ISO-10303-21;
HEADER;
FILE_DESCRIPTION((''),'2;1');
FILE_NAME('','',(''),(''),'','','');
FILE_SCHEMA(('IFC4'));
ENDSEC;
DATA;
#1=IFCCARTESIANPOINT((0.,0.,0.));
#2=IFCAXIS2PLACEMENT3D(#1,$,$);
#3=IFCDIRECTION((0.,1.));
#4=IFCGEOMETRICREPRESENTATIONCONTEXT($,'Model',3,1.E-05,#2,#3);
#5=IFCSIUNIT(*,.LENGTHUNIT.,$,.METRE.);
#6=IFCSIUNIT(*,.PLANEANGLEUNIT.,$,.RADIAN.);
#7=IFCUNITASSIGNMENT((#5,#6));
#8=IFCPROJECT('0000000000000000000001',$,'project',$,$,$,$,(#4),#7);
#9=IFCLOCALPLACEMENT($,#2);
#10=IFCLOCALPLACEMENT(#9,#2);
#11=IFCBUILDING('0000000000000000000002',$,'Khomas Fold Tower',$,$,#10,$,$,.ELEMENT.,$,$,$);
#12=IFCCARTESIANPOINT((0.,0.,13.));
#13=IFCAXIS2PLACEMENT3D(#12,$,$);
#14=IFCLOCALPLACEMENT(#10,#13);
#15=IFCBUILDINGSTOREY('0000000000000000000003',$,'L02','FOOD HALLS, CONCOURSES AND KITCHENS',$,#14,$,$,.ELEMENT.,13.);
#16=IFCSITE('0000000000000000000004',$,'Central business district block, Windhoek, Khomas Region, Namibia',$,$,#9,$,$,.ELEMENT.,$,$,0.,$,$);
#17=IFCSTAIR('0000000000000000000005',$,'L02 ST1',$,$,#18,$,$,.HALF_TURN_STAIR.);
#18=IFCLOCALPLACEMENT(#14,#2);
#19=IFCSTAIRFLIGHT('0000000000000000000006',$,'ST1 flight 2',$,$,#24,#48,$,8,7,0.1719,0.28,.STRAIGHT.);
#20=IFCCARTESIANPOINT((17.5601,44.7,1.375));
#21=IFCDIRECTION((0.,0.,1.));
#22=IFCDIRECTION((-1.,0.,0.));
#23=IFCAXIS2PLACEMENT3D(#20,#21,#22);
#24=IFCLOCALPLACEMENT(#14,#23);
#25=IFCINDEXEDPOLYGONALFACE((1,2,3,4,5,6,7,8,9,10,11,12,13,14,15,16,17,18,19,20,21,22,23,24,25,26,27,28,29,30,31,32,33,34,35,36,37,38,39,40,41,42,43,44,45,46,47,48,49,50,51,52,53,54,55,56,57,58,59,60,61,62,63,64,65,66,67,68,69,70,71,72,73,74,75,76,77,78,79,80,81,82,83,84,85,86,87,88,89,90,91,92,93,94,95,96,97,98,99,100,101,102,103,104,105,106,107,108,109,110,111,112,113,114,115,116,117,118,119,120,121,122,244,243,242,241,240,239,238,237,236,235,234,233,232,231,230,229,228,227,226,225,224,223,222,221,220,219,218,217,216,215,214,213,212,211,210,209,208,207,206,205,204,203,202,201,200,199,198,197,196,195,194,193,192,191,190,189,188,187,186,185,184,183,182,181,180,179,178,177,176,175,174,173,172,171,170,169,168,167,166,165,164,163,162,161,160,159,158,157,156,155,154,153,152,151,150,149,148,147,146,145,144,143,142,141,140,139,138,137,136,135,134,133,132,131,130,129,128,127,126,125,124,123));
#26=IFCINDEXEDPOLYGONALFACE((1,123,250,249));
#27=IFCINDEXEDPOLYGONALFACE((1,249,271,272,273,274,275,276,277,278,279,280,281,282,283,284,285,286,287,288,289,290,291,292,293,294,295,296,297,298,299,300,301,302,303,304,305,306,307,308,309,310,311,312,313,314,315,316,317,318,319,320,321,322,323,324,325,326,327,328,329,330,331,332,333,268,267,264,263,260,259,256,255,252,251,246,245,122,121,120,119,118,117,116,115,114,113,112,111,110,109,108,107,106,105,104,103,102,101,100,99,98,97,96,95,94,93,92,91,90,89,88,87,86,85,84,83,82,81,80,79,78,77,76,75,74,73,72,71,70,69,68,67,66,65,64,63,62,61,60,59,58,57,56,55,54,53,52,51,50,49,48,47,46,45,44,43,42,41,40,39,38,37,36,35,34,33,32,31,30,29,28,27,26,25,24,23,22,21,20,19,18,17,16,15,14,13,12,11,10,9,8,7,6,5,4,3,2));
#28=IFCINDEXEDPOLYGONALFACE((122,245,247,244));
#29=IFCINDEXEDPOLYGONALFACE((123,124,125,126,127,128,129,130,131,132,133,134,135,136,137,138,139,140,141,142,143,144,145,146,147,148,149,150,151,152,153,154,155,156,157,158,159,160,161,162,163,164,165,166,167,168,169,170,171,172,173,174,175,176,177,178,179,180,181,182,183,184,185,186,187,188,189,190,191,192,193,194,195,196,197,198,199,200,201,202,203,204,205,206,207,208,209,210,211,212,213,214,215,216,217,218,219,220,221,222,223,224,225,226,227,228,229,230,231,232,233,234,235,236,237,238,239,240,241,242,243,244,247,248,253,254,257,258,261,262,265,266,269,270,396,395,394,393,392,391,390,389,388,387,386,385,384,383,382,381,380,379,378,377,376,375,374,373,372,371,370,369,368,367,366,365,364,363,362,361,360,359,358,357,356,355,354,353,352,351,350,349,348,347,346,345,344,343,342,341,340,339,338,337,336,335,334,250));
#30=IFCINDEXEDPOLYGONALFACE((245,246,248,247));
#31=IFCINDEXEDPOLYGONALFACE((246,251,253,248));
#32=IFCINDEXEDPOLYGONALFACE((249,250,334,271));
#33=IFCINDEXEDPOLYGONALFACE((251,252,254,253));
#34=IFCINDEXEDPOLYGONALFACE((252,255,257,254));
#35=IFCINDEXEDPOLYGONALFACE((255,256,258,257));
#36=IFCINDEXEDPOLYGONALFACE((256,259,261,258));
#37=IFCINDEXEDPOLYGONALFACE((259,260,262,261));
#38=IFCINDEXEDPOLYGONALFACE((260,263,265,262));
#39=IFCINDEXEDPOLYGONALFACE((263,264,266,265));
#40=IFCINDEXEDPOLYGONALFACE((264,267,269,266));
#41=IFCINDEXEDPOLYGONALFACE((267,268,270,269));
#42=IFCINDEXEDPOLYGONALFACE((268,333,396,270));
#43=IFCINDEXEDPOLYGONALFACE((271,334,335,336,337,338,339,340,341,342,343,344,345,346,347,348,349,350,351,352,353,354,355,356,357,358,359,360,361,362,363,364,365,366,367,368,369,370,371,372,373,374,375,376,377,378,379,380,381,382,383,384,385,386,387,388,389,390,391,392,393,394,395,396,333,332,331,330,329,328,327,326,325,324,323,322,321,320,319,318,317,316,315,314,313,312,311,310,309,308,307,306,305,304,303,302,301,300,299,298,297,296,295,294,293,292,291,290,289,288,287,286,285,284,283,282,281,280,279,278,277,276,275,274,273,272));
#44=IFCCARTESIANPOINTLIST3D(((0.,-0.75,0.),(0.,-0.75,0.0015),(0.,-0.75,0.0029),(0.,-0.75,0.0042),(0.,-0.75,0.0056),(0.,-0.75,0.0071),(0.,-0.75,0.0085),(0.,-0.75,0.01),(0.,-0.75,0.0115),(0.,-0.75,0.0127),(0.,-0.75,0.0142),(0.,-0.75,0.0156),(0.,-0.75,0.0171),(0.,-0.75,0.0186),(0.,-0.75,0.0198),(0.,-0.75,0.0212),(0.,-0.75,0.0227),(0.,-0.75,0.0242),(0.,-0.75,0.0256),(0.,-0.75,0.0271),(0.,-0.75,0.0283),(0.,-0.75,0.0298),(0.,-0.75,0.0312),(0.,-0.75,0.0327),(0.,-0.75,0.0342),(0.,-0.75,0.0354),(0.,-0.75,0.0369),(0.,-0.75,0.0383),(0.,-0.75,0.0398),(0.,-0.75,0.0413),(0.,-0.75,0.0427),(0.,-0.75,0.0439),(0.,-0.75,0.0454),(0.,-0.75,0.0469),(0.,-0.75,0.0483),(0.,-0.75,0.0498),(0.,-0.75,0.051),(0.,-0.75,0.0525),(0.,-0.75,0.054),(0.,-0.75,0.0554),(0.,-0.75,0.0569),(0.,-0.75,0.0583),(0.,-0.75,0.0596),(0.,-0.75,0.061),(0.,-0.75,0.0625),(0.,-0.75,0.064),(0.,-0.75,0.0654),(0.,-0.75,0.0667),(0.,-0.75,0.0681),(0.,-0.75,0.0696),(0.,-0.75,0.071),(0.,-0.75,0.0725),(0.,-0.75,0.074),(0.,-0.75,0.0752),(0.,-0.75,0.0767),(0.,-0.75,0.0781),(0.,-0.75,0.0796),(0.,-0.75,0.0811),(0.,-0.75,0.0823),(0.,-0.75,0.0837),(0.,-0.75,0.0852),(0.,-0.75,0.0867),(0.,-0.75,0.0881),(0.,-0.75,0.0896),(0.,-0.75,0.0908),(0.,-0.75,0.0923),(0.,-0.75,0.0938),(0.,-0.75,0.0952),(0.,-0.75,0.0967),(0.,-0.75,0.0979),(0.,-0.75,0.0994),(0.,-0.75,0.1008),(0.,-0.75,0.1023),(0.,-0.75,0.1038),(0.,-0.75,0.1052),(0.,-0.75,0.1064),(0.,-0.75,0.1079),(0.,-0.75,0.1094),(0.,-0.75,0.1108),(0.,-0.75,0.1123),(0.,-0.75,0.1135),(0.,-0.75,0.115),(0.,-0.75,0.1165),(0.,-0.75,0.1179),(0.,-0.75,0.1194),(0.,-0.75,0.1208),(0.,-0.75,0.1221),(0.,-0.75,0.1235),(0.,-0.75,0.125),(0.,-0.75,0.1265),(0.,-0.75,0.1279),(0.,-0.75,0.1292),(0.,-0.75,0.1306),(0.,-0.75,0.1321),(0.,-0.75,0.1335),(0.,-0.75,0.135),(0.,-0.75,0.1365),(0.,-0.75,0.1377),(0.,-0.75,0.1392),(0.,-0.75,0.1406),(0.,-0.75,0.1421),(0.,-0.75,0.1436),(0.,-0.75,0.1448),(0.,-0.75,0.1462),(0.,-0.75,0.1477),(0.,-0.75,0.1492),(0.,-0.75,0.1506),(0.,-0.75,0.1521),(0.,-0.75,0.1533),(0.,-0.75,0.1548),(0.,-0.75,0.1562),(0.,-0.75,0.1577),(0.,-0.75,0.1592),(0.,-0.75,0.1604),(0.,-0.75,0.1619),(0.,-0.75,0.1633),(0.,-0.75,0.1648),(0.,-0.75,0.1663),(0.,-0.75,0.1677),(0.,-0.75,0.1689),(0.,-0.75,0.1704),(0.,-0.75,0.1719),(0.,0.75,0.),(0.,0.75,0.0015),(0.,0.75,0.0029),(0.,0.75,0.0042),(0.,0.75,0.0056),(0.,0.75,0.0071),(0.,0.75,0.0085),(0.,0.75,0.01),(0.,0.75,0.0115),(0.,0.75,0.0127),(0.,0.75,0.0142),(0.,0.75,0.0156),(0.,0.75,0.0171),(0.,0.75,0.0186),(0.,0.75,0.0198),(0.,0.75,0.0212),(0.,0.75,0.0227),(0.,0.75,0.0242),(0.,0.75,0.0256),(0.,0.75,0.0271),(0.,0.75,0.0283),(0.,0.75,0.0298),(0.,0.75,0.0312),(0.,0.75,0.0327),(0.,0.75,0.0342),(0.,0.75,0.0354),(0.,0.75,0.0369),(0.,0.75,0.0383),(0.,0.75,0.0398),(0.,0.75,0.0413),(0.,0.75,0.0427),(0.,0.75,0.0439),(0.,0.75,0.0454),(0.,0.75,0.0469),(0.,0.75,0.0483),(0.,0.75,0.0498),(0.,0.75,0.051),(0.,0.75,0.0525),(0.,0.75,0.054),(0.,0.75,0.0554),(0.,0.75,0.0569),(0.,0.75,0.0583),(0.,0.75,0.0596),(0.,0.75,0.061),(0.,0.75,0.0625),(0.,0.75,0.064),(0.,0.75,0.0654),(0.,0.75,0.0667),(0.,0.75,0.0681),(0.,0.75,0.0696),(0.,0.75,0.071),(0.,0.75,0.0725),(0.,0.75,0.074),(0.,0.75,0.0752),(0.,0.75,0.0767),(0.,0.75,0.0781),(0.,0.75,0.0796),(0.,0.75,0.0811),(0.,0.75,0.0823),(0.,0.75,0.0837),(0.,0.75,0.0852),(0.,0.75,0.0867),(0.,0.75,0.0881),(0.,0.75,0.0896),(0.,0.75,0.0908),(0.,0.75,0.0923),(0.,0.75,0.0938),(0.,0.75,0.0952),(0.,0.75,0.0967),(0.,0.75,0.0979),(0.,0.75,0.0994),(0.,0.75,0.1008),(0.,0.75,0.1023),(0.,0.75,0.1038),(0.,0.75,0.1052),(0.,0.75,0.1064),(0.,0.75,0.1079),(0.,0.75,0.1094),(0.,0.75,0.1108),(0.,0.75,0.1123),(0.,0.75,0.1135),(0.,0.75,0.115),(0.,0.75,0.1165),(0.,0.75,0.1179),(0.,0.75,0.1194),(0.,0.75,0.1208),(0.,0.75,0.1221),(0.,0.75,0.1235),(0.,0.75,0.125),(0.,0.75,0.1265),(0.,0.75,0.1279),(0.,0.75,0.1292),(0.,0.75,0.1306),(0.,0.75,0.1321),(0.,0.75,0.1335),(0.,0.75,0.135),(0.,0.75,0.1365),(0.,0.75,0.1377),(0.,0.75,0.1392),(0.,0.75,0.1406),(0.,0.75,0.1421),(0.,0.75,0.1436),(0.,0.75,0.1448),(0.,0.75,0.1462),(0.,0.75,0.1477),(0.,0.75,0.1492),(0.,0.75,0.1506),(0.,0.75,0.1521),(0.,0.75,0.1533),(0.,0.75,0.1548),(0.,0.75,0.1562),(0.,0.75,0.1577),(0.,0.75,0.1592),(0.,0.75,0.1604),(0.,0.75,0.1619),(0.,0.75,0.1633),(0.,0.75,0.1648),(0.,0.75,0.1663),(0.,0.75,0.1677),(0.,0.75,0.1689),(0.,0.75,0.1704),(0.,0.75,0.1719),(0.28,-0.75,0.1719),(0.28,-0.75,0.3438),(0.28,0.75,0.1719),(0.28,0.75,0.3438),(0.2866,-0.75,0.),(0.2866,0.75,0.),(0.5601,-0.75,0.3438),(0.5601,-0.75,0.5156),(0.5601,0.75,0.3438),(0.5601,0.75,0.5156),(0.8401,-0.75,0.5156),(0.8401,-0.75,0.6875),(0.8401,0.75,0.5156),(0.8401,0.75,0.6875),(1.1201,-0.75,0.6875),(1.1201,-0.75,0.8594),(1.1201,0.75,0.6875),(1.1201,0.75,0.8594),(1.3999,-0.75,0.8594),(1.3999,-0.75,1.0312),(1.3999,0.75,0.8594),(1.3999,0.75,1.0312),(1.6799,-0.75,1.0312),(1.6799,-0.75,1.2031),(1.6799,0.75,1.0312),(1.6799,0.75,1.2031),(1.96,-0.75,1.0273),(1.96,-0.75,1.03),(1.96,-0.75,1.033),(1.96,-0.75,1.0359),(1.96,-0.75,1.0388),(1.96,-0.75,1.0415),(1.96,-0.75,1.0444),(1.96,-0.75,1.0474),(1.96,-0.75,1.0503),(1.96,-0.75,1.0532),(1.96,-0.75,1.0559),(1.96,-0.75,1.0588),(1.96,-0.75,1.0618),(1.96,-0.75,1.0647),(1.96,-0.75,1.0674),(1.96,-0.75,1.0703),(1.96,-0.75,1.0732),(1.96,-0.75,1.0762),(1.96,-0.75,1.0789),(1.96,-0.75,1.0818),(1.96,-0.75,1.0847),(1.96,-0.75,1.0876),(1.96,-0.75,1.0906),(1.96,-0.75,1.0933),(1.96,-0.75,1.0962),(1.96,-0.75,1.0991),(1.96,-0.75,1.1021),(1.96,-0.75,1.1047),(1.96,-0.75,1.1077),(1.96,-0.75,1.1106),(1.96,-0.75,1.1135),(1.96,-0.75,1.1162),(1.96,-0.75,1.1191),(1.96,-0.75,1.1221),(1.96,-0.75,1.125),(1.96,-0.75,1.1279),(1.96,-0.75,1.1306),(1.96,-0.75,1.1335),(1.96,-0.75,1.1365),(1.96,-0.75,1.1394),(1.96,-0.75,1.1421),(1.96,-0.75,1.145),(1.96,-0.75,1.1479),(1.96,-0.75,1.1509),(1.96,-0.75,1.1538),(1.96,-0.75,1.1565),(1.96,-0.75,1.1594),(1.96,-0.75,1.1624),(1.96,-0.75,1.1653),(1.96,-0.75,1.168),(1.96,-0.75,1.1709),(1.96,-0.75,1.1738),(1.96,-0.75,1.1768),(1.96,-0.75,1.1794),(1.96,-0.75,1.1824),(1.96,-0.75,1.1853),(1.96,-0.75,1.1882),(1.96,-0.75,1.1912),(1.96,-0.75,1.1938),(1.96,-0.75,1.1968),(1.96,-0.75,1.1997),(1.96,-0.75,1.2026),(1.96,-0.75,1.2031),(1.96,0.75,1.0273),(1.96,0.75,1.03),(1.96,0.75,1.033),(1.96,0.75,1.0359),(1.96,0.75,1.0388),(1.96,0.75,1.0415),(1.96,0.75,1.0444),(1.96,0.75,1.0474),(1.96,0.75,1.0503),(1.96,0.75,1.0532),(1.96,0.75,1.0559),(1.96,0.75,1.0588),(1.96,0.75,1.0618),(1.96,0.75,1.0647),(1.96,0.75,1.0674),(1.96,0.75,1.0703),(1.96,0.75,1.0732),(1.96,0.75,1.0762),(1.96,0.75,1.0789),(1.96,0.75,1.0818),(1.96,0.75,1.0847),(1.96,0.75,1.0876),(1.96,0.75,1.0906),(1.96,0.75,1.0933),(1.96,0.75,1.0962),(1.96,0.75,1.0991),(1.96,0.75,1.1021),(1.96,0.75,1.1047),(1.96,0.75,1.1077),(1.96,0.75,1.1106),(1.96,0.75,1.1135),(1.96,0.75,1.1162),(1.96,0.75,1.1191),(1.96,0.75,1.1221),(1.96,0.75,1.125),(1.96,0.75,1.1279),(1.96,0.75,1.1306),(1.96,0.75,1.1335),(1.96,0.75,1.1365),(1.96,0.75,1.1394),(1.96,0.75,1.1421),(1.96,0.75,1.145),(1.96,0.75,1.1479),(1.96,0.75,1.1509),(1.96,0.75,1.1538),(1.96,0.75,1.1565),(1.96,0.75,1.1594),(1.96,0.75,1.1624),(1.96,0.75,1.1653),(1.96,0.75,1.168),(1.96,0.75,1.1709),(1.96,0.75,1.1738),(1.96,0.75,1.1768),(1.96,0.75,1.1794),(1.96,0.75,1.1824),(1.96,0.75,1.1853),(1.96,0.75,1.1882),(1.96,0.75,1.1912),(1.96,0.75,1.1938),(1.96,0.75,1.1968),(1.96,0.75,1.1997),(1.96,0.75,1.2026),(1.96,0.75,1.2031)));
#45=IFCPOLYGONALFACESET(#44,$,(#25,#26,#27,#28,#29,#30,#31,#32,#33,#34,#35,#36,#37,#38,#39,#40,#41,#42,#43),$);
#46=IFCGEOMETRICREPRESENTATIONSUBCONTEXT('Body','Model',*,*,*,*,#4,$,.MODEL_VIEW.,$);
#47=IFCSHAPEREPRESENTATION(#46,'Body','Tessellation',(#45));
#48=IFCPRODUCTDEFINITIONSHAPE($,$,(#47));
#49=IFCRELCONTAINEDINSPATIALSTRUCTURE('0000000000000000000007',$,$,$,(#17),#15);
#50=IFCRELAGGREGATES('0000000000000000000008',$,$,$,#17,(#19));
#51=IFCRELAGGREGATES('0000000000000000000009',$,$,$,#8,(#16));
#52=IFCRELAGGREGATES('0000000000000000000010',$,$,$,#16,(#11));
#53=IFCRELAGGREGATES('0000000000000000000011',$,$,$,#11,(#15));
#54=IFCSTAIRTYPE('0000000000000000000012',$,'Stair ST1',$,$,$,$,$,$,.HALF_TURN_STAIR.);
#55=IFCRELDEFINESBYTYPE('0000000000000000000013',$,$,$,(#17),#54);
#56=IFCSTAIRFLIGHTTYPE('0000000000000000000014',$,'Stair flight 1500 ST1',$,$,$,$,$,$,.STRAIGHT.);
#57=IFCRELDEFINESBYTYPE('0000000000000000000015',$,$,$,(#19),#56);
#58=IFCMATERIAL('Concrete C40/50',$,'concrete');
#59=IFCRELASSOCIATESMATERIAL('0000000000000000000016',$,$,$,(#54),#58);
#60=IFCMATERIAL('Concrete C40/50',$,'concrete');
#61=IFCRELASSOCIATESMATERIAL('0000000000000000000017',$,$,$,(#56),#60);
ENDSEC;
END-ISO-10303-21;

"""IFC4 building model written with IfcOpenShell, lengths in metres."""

from ifc_helpers import new_model, si_unit, direction, frame, origin, place, context, subcontext, project, spatial, polyline, outline, extrude, source, transform, mapped, material, type_object, element, aggregate, save


model = new_model("IFC4")

# Units and contexts
model_context = context("Model", 3, precision=1e-05, world=origin(), true_north=direction((0.0, 1.0)))
body_context = subcontext(model_context, "Body", "Model", "MODEL_VIEW")
ifc_project = project(units=[si_unit("LENGTHUNIT", "METRE"), si_unit("PLANEANGLEUNIT", "RADIAN")], contexts=[model_context])

# Site, building, storey
site_placement = place(None, origin())
site = spatial("IfcSite", under=ifc_project, at=site_placement, Name="Central business district block, Windhoek, Khomas Region, Namibia", CompositionType="ELEMENT", RefElevation=0.0)
building_placement = place(site_placement, origin())
building = spatial("IfcBuilding", under=site, at=building_placement, Name="Khomas Fold Tower", CompositionType="ELEMENT")
storey_placement = place(building_placement, frame((0.0, 0.0, 13.0)))
storey = spatial("IfcBuildingStorey", under=building, at=storey_placement, Name="L02", Description="FOOD HALLS, CONCOURSES AND KITCHENS", CompositionType="ELEMENT", Elevation=13.0)

# Stair, stair flight
ifc_material_1 = material(Name="Concrete C40/50", Category="concrete")
stair_type_1 = type_object("IfcStairType", Name="Stair ST1", PredefinedType="HALF_TURN_STAIR", material=ifc_material_1)
stair_1_placement = place(storey_placement, origin())
stair_1 = element("IfcStair", 1, at=stair_1_placement, inside=storey, type_object=stair_type_1, Name="L02 ST1", PredefinedType="HALF_TURN_STAIR")
ifc_material_2 = material(Name="Concrete C40/50", Category="concrete")
stair_flight_type_1 = type_object("IfcStairFlightType", Name="Stair flight 1500 ST1", PredefinedType="STRAIGHT", material=ifc_material_2)
shared_shape_1 = source(origin(), body_context, "Body", "SweptSolid", [
    extrude(outline(polyline([(0.0, 0.0), (0.0, 0.0015), (0.0, 0.0029), (0.0, 0.0042), (0.0, 0.0056), (0.0, 0.0071), (0.0, 0.0085), (0.0, 0.01), (0.0, 0.0115), (0.0, 0.0127), (0.0, 0.0142), (0.0, 0.0156), (0.0, 0.0171), (0.0, 0.0186), (0.0, 0.0198), (0.0, 0.0212), (0.0, 0.0227), (0.0, 0.0242), (0.0, 0.0256), (0.0, 0.0271), (0.0, 0.0283), (0.0, 0.0298), (0.0, 0.0312), (0.0, 0.0327), (0.0, 0.0342), (0.0, 0.0354), (0.0, 0.0369), (0.0, 0.0383), (0.0, 0.0398), (0.0, 0.0413), (0.0, 0.0427), (0.0, 0.0439), (0.0, 0.0454), (0.0, 0.0469), (0.0, 0.0483), (0.0, 0.0498), (0.0, 0.051), (0.0, 0.0525), (0.0, 0.054), (0.0, 0.0554), (0.0, 0.0569), (0.0, 0.0583), (0.0, 0.0596), (0.0, 0.061), (0.0, 0.0625), (0.0, 0.064), (0.0, 0.0654), (0.0, 0.0667), (0.0, 0.0681), (0.0, 0.0696), (0.0, 0.071), (0.0, 0.0725), (0.0, 0.074), (0.0, 0.0752), (0.0, 0.0767), (0.0, 0.0781), (0.0, 0.0796), (0.0, 0.0811), (0.0, 0.0823), (0.0, 0.0837), (0.0, 0.0852), (0.0, 0.0867), (0.0, 0.0881), (0.0, 0.0896), (0.0, 0.0908), (0.0, 0.0923), (0.0, 0.0938), (0.0, 0.0952), (0.0, 0.0967), (0.0, 0.0979), (0.0, 0.0994), (0.0, 0.1008), (0.0, 0.1023), (0.0, 0.1038), (0.0, 0.1052), (0.0, 0.1064), (0.0, 0.1079), (0.0, 0.1094), (0.0, 0.1108), (0.0, 0.1123), (0.0, 0.1135), (0.0, 0.115), (0.0, 0.1165), (0.0, 0.1179), (0.0, 0.1194), (0.0, 0.1208), (0.0, 0.1221), (0.0, 0.1235), (0.0, 0.125), (0.0, 0.1265), (0.0, 0.1279), (0.0, 0.1292), (0.0, 0.1306), (0.0, 0.1321), (0.0, 0.1335), (0.0, 0.135), (0.0, 0.1365), (0.0, 0.1377), (0.0, 0.1392), (0.0, 0.1406), (0.0, 0.1421), (0.0, 0.1436), (0.0, 0.1448), (0.0, 0.1462), (0.0, 0.1477), (0.0, 0.1492), (0.0, 0.1506), (0.0, 0.1521), (0.0, 0.1533), (0.0, 0.1548), (0.0, 0.1562), (0.0, 0.1577), (0.0, 0.1592), (0.0, 0.1604), (0.0, 0.1619), (0.0, 0.1633), (0.0, 0.1648), (0.0, 0.1663), (0.0, 0.1677), (0.0, 0.1689), (0.0, 0.1704), (0.0, 0.1719), (0.28, 0.1719), (0.28, 0.3438), (0.5601, 0.3438), (0.5601, 0.5156), (0.8401, 0.5156), (0.8401, 0.6875), (1.1201, 0.6875), (1.1201, 0.8594), (1.3999, 0.8594), (1.3999, 1.0312), (1.6799, 1.0312), (1.6799, 1.2031), (1.96, 1.2031), (1.96, 1.375), (1.96, 1.3721), (1.96, 1.3691), (1.96, 1.3665), (1.96, 1.3635), (1.96, 1.3606), (1.96, 1.3577), (1.96, 1.355), (1.96, 1.3521), (1.96, 1.3491), (1.96, 1.3462), (1.96, 1.3435), (1.96, 1.3406), (1.96, 1.3376), (1.96, 1.3347), (1.96, 1.3318), (1.96, 1.3291), (1.96, 1.3262), (1.96, 1.3232), (1.96, 1.3203), (1.96, 1.3176), (1.96, 1.3147), (1.96, 1.3118), (1.96, 1.3088), (1.96, 1.3059), (1.96, 1.3032), (1.96, 1.3003), (1.96, 1.2974), (1.96, 1.2944), (1.96, 1.2917), (1.96, 1.2888), (1.96, 1.2859), (1.96, 1.283), (1.96, 1.2803), (1.96, 1.2773), (1.96, 1.2744), (1.96, 1.2715), (1.96, 1.2686), (1.96, 1.2659), (1.96, 1.2629), (1.96, 1.26), (1.96, 1.2571), (1.96, 1.2544), (1.96, 1.2515), (1.96, 1.2485), (1.96, 1.2456), (1.96, 1.2427), (1.96, 1.24), (1.96, 1.2371), (1.96, 1.2341), (1.96, 1.2312), (1.96, 1.2285), (1.96, 1.2256), (1.96, 1.2227), (1.96, 1.2197), (1.96, 1.217), (1.96, 1.2141), (1.96, 1.2112), (1.96, 1.2083), (1.96, 1.2053), (1.96, 1.2026), (1.96, 1.1997), (1.96, 1.1968), (1.96, 1.1938), (1.96, 1.1912), (1.96, 1.1882), (1.96, 1.1853), (1.96, 1.1824), (1.96, 1.1794), (1.96, 1.1768), (1.96, 1.1738), (1.96, 1.1709), (1.96, 1.168), (1.96, 1.1653), (1.96, 1.1624), (1.96, 1.1594), (1.96, 1.1565), (1.96, 1.1538), (1.96, 1.1509), (1.96, 1.1479), (1.96, 1.145), (1.96, 1.1421), (1.96, 1.1394), (1.96, 1.1365), (1.96, 1.1335), (1.96, 1.1306), (1.96, 1.1279), (1.96, 1.125), (1.96, 1.1221), (1.96, 1.1191), (1.96, 1.1162), (1.96, 1.1135), (1.96, 1.1106), (1.96, 1.1077), (1.96, 1.1047), (1.96, 1.1021), (1.96, 1.0991), (1.96, 1.0962), (1.96, 1.0933), (1.96, 1.0906), (1.96, 1.0876), (1.96, 1.0847), (1.96, 1.0818), (1.96, 1.0789), (1.96, 1.0762), (1.96, 1.0732), (1.96, 1.0703), (1.96, 1.0674), (1.96, 1.0647), (1.96, 1.0618), (1.96, 1.0588), (1.96, 1.0559), (1.96, 1.0532), (1.96, 1.0503), (1.96, 1.0474), (1.96, 1.0444), (1.96, 1.0415), (1.96, 1.0388), (1.96, 1.0359), (1.96, 1.033), (1.96, 1.03), (1.96, 1.0273), (0.2866, 0.0), (0.0, 0.0)])), frame((0.0, 0.75, 0.0), z_axis=(0.0, -1.0, 0.0), x_axis=(1.0, 0.0, 0.0)), (0.0, 0.0, 1.0), 1.5),
])
stair_flight_1_placement = place(storey_placement, frame((17.5601, 44.7, 1.375), z_axis=(0.0, 0.0, 1.0), x_axis=(-1.0, 0.0, 0.0)))
stair_flight_1 = element("IfcStairFlight", 2, at=stair_flight_1_placement, type_object=stair_flight_type_1, Name="ST1 flight 2", NumberOfRisers=8, NumberOfTreads=7, PredefinedType="STRAIGHT", RiserHeight=0.1719, TreadLength=0.28, context=body_context, shape_type="MappedRepresentation", body=[
    mapped(shared_shape_1, transform((0.0, 0.0, 0.0))),
])
aggregate(stair_1, [stair_flight_1])

save(model, "model.ifc")
